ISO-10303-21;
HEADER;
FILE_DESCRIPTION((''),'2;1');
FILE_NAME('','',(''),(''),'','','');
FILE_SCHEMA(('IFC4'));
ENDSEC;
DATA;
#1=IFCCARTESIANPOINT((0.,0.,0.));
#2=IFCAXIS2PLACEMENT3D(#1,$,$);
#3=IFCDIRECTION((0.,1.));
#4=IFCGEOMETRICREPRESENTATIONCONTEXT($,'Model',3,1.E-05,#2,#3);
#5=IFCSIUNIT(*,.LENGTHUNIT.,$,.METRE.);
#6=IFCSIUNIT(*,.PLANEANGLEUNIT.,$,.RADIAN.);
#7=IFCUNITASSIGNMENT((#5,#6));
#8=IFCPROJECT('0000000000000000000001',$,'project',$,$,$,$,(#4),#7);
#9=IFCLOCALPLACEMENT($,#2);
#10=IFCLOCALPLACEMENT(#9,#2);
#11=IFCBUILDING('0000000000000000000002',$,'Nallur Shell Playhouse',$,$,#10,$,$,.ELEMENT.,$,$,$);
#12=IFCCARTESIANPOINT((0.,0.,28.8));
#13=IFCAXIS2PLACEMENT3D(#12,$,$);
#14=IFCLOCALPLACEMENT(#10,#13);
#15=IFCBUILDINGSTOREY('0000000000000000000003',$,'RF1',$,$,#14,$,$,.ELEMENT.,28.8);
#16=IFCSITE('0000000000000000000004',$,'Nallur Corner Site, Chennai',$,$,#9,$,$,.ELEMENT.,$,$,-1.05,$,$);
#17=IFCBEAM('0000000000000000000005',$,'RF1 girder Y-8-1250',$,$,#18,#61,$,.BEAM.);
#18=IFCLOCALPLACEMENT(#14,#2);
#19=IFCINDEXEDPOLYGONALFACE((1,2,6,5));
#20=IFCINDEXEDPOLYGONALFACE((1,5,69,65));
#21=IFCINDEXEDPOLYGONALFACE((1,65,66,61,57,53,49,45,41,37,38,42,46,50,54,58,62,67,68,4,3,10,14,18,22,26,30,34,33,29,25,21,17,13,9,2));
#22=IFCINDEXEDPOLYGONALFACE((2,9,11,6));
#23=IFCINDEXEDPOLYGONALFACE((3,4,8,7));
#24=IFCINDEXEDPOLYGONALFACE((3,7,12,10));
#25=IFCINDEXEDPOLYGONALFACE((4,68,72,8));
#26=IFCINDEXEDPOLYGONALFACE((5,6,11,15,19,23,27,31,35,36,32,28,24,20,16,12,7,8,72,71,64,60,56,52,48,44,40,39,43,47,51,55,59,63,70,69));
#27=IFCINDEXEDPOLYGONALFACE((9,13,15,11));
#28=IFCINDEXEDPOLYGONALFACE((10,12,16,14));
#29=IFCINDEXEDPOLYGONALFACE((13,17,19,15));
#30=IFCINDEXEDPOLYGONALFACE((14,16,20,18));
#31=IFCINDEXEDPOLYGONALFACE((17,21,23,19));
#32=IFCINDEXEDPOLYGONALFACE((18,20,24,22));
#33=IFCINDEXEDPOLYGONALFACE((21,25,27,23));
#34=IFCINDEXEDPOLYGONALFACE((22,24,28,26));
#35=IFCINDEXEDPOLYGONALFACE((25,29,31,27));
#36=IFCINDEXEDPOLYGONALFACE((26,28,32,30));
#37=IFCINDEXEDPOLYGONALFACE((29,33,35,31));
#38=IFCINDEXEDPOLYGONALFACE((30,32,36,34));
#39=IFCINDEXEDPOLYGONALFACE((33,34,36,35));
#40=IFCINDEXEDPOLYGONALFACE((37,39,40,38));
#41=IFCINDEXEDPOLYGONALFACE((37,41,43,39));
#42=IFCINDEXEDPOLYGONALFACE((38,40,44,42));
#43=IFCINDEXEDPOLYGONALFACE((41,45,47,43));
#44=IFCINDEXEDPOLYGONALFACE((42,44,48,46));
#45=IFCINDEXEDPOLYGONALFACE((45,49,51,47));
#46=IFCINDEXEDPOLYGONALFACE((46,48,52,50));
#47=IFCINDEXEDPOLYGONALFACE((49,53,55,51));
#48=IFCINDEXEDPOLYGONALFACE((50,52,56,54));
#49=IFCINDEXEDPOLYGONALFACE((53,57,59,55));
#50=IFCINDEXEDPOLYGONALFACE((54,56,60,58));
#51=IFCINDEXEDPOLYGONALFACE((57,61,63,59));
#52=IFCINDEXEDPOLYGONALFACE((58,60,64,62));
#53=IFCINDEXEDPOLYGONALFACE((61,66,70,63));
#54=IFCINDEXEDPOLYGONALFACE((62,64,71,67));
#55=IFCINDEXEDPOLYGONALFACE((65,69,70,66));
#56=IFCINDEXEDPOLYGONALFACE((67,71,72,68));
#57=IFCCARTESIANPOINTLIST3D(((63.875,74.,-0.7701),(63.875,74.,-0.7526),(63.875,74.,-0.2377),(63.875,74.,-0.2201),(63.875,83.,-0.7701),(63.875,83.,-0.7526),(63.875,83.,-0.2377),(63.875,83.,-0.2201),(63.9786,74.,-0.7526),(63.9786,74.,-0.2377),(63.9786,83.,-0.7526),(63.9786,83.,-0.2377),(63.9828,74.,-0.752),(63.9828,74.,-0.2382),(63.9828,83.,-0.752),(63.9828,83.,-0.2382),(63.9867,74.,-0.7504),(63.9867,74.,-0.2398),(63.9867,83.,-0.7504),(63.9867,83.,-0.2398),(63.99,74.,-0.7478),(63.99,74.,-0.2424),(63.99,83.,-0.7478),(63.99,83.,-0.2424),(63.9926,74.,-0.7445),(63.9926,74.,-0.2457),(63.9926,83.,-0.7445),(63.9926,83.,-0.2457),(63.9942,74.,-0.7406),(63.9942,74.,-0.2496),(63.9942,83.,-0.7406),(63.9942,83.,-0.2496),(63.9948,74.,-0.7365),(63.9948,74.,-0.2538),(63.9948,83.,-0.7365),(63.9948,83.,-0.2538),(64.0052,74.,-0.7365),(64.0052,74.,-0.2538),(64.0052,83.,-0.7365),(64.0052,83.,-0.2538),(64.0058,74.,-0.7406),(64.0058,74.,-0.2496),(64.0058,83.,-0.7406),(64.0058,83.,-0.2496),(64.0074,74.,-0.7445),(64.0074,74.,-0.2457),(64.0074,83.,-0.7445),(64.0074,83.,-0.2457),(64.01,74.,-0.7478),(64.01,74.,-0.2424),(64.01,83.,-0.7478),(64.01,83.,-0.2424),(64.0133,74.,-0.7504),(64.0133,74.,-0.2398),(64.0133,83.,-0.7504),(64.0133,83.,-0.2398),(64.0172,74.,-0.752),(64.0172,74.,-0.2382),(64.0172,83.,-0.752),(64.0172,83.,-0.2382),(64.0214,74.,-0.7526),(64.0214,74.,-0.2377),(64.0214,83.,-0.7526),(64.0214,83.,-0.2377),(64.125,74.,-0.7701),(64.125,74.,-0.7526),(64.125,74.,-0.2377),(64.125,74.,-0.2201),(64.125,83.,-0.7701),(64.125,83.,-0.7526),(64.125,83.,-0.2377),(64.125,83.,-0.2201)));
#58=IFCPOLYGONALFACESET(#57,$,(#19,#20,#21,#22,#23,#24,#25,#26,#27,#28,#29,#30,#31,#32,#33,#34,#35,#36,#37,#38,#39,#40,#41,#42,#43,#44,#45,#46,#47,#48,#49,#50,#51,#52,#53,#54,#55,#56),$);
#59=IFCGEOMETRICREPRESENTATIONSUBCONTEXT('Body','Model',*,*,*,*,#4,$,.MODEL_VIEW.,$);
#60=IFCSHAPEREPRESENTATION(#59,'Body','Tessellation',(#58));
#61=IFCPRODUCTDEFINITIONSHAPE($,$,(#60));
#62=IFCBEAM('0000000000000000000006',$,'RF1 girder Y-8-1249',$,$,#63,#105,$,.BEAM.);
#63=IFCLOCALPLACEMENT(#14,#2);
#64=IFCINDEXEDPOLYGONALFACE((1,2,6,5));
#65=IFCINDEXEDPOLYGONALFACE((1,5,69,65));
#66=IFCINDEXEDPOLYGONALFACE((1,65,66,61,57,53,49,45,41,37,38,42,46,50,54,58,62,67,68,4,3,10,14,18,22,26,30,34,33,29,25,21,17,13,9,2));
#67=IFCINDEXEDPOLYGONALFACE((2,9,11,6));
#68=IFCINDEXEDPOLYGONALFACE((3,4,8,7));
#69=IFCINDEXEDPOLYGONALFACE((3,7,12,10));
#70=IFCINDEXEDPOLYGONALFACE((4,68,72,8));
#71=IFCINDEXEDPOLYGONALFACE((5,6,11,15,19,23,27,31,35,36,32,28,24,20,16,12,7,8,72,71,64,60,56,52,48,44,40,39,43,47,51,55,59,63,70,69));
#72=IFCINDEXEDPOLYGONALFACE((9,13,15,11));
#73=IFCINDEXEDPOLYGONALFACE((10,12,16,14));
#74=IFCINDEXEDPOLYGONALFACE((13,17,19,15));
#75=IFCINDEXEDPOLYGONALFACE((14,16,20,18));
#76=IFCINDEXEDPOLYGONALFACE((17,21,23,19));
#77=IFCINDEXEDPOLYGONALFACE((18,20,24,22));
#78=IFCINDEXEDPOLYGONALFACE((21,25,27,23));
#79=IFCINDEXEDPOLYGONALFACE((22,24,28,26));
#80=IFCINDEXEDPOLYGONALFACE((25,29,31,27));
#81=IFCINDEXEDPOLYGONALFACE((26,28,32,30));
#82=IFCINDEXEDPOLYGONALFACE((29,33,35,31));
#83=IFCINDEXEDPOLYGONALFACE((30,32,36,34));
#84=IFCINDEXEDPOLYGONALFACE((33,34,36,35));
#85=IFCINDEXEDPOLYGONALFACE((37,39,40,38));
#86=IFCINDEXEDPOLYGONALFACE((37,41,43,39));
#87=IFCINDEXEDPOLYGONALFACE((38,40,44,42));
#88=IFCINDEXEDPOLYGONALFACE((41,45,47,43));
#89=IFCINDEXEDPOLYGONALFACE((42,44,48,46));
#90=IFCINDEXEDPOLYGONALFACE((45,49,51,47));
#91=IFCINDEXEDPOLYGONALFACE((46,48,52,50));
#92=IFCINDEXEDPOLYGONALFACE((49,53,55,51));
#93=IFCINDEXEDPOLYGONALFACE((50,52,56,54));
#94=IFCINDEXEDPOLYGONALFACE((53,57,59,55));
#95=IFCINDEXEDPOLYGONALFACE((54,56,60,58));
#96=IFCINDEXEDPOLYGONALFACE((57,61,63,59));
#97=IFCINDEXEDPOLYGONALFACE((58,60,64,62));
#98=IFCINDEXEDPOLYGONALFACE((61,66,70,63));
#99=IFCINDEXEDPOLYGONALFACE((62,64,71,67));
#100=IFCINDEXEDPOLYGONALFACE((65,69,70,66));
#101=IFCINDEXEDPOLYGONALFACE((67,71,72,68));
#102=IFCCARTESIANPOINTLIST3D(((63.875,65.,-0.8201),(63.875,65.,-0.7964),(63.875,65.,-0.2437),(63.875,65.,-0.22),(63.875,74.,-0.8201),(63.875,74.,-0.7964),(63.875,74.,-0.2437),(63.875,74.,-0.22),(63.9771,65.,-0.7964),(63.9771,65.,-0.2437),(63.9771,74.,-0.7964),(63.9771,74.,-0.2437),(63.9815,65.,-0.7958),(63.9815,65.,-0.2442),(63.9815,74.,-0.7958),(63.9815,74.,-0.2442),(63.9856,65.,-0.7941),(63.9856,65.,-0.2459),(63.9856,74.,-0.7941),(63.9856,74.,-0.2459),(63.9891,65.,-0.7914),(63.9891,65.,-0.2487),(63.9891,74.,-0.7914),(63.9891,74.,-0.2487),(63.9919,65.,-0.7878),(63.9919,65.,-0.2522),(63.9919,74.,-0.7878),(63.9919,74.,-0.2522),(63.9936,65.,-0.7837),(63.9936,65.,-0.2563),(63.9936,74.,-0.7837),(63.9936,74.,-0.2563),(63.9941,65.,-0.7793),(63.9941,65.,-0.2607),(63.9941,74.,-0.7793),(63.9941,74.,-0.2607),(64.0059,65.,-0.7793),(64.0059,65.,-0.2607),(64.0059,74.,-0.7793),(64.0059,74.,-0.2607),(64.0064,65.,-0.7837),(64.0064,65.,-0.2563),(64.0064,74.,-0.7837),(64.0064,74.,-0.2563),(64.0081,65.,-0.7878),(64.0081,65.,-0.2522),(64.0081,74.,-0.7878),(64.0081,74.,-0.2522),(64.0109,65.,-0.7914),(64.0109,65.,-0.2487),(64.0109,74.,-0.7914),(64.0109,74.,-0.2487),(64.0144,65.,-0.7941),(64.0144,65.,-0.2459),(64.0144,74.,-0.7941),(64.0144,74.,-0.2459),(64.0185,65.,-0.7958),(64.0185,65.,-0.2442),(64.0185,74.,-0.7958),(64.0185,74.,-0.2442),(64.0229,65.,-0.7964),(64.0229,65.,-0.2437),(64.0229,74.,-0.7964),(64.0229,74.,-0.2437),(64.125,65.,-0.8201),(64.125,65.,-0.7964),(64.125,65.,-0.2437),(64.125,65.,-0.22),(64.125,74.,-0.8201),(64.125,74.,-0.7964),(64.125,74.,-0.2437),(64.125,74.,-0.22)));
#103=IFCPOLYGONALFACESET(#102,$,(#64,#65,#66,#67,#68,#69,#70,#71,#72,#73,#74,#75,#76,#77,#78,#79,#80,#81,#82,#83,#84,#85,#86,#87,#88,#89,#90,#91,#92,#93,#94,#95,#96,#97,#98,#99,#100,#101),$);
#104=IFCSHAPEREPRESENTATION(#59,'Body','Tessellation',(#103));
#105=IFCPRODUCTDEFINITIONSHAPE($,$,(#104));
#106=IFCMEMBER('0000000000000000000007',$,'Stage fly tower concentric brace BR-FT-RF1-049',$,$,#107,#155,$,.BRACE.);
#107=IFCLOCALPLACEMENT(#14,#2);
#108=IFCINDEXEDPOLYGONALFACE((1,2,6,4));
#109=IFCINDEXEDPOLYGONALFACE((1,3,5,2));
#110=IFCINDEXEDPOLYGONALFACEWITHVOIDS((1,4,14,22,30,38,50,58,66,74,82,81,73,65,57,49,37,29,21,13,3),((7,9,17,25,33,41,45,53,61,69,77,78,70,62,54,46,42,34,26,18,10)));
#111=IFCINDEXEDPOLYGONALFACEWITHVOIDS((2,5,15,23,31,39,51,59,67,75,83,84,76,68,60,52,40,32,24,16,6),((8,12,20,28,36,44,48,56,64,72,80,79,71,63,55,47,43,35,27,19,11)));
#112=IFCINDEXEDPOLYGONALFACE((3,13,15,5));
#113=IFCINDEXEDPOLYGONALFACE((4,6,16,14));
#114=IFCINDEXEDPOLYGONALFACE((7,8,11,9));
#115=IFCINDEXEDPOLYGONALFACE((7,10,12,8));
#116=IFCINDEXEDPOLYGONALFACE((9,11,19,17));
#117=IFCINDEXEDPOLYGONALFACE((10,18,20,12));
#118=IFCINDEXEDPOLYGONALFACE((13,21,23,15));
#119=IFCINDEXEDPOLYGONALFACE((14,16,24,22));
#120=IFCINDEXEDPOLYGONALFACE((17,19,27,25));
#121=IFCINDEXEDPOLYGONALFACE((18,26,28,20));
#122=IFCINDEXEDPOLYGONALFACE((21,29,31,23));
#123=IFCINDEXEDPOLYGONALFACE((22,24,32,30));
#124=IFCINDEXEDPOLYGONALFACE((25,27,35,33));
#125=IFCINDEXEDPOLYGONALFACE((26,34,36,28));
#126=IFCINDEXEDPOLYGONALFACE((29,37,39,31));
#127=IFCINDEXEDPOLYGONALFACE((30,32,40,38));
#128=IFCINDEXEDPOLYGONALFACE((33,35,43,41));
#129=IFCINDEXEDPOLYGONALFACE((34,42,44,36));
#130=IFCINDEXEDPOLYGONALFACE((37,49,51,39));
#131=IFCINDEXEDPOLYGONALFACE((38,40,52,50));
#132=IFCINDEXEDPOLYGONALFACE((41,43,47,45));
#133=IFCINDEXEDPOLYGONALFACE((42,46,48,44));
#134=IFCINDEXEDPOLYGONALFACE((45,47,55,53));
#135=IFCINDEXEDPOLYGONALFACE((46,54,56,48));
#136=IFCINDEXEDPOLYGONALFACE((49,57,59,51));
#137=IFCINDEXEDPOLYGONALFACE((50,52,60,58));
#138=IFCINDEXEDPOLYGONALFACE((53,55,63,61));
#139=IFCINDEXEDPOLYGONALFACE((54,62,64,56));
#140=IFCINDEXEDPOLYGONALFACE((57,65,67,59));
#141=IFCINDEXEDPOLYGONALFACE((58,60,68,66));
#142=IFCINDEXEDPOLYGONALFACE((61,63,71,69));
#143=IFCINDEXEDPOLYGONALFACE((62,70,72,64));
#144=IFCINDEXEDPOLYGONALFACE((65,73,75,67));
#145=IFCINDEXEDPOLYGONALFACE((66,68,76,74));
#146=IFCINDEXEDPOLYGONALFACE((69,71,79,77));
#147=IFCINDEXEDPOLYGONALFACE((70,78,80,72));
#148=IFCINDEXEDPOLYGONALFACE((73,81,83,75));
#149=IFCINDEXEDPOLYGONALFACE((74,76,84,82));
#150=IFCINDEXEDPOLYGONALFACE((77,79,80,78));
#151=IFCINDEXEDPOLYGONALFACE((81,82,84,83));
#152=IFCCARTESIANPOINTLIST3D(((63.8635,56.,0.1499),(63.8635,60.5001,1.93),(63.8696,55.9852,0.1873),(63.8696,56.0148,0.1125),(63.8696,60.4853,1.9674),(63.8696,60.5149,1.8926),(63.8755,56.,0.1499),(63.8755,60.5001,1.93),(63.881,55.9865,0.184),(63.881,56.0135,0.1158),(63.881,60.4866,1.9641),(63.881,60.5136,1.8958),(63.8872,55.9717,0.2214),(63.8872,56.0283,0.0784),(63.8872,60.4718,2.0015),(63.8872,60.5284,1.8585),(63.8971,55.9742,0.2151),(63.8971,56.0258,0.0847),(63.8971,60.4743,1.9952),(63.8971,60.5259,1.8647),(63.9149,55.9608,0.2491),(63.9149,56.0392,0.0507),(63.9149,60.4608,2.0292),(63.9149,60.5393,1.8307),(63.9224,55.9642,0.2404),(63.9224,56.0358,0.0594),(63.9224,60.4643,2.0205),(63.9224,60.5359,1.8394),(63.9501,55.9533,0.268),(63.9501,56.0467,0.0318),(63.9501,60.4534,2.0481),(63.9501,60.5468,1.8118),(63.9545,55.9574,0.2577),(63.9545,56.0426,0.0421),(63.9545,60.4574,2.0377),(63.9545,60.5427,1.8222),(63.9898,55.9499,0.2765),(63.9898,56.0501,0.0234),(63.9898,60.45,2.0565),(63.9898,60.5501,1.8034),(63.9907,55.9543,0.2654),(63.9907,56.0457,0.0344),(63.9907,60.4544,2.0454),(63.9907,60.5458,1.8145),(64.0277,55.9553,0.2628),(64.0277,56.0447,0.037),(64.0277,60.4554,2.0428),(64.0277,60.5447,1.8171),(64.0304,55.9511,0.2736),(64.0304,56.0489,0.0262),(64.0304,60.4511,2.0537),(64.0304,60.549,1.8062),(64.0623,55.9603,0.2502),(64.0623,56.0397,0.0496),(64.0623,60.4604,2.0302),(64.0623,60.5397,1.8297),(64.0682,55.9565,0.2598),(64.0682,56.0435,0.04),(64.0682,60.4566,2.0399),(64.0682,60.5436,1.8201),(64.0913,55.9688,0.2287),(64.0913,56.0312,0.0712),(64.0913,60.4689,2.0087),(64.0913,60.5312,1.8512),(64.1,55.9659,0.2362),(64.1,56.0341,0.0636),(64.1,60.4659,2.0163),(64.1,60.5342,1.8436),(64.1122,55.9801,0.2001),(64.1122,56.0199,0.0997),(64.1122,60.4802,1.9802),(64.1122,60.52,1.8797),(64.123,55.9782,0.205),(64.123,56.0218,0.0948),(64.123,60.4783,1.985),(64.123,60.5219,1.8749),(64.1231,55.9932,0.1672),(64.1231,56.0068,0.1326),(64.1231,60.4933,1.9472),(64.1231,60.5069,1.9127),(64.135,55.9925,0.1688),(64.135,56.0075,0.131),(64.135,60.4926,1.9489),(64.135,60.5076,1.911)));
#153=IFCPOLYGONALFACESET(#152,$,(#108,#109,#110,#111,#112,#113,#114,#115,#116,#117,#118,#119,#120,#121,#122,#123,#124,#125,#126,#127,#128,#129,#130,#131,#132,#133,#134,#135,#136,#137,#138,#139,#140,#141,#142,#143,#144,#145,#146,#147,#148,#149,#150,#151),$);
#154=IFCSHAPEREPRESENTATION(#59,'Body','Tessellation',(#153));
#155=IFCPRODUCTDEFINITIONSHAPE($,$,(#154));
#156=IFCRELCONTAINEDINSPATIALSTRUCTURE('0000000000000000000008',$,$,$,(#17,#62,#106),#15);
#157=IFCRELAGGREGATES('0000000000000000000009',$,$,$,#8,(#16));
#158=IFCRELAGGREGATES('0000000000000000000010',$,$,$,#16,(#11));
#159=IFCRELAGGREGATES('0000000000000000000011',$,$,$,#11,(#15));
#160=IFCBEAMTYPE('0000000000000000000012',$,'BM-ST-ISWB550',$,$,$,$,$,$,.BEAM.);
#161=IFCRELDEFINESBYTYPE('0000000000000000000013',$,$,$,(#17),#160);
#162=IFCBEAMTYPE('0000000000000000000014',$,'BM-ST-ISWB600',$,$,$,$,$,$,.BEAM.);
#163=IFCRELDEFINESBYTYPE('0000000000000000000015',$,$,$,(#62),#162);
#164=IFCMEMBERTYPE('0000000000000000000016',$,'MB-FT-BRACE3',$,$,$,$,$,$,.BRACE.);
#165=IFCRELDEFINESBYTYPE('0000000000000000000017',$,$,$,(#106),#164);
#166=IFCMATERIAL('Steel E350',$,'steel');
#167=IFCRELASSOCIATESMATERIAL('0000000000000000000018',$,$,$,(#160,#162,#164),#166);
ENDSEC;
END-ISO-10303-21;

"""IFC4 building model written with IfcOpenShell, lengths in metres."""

from ifc_helpers import new_model, si_unit, direction, frame, origin, origin_2d, place, context, subcontext, project, spatial, hollow_circle, i_section, extrude, material, material_profile, profile_set, type_object, element, save


model = new_model("IFC4")

# Units and contexts
model_context = context("Model", 3, precision=1e-05, world=origin(), true_north=direction((0.0, 1.0)))
body_context = subcontext(model_context, "Body", "Model", "MODEL_VIEW")
ifc_project = project(units=[si_unit("LENGTHUNIT", "METRE"), si_unit("PLANEANGLEUNIT", "RADIAN")], contexts=[model_context])

# Site, building, storey
site_placement = place(None, origin())
site = spatial("IfcSite", under=ifc_project, at=site_placement, Name="Nallur Corner Site, Chennai", CompositionType="ELEMENT", RefElevation=-1.05)
building_placement = place(site_placement, origin())
building = spatial("IfcBuilding", under=site, at=building_placement, Name="Nallur Shell Playhouse", CompositionType="ELEMENT")
storey_placement = place(building_placement, frame((0.0, 0.0, 28.8)))
storey = spatial("IfcBuildingStorey", under=building, at=storey_placement, Name="RF1", CompositionType="ELEMENT", Elevation=28.8)

# Shared definitions
ifc_material_1 = material(Name="Steel E350", Category="steel")

# Beams
ifc_material_profile_1 = material_profile(ifc_material_1, i_section(OverallWidth=0.25, OverallDepth=0.55, WebThickness=0.0105, FlangeThickness=0.0176, FilletRadius=0.0161, at=origin_2d()), Name="ISWB 550")
ifc_profile_set_1 = profile_set([ifc_material_profile_1], Name="Steel E350")
beam_type_1 = type_object("IfcBeamType", Name="BM-ST-ISWB550", PredefinedType="BEAM", material=ifc_profile_set_1)
beam_1_placement = place(storey_placement, frame((64.0, 74.0, -0.4951), z_axis=(0.0, 1.0, 0.0), x_axis=(-1.0, 0.0, 0.0)))
element("IfcBeam", 1, at=beam_1_placement, inside=storey, type_object=beam_type_1, Name="RF1 girder Y-8-1250", PredefinedType="BEAM", context=body_context, shape_type="SweptSolid", body=[
    extrude(i_section(OverallWidth=0.25, OverallDepth=0.55, WebThickness=0.0105, FlangeThickness=0.0176, FilletRadius=0.0161, at=origin_2d()), origin(), (0.0, 0.0, 1.0), 9.0),
])
ifc_material_profile_2 = material_profile(ifc_material_1, i_section(OverallWidth=0.25, OverallDepth=0.6001, WebThickness=0.0117, FlangeThickness=0.0237, FilletRadius=0.0171, at=origin_2d()), Name="ISWB 600")
ifc_profile_set_2 = profile_set([ifc_material_profile_2], Name="Steel E350")
beam_type_2 = type_object("IfcBeamType", Name="BM-ST-ISWB600", PredefinedType="BEAM", material=ifc_profile_set_2)
beam_2_placement = place(storey_placement, frame((64.0, 65.0, -0.52), z_axis=(0.0, 1.0, 0.0), x_axis=(-1.0, 0.0, 0.0)))
element("IfcBeam", 2, at=beam_2_placement, inside=storey, type_object=beam_type_2, Name="RF1 girder Y-8-1249", PredefinedType="BEAM", context=body_context, shape_type="SweptSolid", body=[
    extrude(i_section(OverallWidth=0.25, OverallDepth=0.6001, WebThickness=0.0117, FlangeThickness=0.0237, FilletRadius=0.0171, at=origin_2d()), origin(), (0.0, 0.0, 1.0), 9.0),
])

# Member
ifc_material_profile_3 = material_profile(ifc_material_1, hollow_circle(Radius=0.1365, WallThickness=0.012, at=origin_2d()), Name="CHS 273.0x12")
ifc_profile_set_3 = profile_set([ifc_material_profile_3], Name="Steel E350")
member_type = type_object("IfcMemberType", Name="MB-FT-BRACE3", PredefinedType="BRACE", material=ifc_profile_set_3)
for number, where, z_axis, x_axis, name in (
    (3, (64.0, 56.0, 0.1499), (0.0, 0.929893, 0.36783), (-1.0, 0.0, 0.0), "Stage fly tower concentric brace BR-FT-RF1-049"),
):
    element("IfcMember", number, at=place(storey_placement, frame(where, z_axis=z_axis, x_axis=x_axis)), inside=storey, type_object=member_type, Name=name, PredefinedType="BRACE", context=body_context, shape_type="SweptSolid", body=[
        extrude(hollow_circle(Radius=0.1365, WallThickness=0.012, at=origin_2d()), origin(), (0.0, 0.0, 1.0), 4.8394),
    ])

save(model, "model.ifc")
